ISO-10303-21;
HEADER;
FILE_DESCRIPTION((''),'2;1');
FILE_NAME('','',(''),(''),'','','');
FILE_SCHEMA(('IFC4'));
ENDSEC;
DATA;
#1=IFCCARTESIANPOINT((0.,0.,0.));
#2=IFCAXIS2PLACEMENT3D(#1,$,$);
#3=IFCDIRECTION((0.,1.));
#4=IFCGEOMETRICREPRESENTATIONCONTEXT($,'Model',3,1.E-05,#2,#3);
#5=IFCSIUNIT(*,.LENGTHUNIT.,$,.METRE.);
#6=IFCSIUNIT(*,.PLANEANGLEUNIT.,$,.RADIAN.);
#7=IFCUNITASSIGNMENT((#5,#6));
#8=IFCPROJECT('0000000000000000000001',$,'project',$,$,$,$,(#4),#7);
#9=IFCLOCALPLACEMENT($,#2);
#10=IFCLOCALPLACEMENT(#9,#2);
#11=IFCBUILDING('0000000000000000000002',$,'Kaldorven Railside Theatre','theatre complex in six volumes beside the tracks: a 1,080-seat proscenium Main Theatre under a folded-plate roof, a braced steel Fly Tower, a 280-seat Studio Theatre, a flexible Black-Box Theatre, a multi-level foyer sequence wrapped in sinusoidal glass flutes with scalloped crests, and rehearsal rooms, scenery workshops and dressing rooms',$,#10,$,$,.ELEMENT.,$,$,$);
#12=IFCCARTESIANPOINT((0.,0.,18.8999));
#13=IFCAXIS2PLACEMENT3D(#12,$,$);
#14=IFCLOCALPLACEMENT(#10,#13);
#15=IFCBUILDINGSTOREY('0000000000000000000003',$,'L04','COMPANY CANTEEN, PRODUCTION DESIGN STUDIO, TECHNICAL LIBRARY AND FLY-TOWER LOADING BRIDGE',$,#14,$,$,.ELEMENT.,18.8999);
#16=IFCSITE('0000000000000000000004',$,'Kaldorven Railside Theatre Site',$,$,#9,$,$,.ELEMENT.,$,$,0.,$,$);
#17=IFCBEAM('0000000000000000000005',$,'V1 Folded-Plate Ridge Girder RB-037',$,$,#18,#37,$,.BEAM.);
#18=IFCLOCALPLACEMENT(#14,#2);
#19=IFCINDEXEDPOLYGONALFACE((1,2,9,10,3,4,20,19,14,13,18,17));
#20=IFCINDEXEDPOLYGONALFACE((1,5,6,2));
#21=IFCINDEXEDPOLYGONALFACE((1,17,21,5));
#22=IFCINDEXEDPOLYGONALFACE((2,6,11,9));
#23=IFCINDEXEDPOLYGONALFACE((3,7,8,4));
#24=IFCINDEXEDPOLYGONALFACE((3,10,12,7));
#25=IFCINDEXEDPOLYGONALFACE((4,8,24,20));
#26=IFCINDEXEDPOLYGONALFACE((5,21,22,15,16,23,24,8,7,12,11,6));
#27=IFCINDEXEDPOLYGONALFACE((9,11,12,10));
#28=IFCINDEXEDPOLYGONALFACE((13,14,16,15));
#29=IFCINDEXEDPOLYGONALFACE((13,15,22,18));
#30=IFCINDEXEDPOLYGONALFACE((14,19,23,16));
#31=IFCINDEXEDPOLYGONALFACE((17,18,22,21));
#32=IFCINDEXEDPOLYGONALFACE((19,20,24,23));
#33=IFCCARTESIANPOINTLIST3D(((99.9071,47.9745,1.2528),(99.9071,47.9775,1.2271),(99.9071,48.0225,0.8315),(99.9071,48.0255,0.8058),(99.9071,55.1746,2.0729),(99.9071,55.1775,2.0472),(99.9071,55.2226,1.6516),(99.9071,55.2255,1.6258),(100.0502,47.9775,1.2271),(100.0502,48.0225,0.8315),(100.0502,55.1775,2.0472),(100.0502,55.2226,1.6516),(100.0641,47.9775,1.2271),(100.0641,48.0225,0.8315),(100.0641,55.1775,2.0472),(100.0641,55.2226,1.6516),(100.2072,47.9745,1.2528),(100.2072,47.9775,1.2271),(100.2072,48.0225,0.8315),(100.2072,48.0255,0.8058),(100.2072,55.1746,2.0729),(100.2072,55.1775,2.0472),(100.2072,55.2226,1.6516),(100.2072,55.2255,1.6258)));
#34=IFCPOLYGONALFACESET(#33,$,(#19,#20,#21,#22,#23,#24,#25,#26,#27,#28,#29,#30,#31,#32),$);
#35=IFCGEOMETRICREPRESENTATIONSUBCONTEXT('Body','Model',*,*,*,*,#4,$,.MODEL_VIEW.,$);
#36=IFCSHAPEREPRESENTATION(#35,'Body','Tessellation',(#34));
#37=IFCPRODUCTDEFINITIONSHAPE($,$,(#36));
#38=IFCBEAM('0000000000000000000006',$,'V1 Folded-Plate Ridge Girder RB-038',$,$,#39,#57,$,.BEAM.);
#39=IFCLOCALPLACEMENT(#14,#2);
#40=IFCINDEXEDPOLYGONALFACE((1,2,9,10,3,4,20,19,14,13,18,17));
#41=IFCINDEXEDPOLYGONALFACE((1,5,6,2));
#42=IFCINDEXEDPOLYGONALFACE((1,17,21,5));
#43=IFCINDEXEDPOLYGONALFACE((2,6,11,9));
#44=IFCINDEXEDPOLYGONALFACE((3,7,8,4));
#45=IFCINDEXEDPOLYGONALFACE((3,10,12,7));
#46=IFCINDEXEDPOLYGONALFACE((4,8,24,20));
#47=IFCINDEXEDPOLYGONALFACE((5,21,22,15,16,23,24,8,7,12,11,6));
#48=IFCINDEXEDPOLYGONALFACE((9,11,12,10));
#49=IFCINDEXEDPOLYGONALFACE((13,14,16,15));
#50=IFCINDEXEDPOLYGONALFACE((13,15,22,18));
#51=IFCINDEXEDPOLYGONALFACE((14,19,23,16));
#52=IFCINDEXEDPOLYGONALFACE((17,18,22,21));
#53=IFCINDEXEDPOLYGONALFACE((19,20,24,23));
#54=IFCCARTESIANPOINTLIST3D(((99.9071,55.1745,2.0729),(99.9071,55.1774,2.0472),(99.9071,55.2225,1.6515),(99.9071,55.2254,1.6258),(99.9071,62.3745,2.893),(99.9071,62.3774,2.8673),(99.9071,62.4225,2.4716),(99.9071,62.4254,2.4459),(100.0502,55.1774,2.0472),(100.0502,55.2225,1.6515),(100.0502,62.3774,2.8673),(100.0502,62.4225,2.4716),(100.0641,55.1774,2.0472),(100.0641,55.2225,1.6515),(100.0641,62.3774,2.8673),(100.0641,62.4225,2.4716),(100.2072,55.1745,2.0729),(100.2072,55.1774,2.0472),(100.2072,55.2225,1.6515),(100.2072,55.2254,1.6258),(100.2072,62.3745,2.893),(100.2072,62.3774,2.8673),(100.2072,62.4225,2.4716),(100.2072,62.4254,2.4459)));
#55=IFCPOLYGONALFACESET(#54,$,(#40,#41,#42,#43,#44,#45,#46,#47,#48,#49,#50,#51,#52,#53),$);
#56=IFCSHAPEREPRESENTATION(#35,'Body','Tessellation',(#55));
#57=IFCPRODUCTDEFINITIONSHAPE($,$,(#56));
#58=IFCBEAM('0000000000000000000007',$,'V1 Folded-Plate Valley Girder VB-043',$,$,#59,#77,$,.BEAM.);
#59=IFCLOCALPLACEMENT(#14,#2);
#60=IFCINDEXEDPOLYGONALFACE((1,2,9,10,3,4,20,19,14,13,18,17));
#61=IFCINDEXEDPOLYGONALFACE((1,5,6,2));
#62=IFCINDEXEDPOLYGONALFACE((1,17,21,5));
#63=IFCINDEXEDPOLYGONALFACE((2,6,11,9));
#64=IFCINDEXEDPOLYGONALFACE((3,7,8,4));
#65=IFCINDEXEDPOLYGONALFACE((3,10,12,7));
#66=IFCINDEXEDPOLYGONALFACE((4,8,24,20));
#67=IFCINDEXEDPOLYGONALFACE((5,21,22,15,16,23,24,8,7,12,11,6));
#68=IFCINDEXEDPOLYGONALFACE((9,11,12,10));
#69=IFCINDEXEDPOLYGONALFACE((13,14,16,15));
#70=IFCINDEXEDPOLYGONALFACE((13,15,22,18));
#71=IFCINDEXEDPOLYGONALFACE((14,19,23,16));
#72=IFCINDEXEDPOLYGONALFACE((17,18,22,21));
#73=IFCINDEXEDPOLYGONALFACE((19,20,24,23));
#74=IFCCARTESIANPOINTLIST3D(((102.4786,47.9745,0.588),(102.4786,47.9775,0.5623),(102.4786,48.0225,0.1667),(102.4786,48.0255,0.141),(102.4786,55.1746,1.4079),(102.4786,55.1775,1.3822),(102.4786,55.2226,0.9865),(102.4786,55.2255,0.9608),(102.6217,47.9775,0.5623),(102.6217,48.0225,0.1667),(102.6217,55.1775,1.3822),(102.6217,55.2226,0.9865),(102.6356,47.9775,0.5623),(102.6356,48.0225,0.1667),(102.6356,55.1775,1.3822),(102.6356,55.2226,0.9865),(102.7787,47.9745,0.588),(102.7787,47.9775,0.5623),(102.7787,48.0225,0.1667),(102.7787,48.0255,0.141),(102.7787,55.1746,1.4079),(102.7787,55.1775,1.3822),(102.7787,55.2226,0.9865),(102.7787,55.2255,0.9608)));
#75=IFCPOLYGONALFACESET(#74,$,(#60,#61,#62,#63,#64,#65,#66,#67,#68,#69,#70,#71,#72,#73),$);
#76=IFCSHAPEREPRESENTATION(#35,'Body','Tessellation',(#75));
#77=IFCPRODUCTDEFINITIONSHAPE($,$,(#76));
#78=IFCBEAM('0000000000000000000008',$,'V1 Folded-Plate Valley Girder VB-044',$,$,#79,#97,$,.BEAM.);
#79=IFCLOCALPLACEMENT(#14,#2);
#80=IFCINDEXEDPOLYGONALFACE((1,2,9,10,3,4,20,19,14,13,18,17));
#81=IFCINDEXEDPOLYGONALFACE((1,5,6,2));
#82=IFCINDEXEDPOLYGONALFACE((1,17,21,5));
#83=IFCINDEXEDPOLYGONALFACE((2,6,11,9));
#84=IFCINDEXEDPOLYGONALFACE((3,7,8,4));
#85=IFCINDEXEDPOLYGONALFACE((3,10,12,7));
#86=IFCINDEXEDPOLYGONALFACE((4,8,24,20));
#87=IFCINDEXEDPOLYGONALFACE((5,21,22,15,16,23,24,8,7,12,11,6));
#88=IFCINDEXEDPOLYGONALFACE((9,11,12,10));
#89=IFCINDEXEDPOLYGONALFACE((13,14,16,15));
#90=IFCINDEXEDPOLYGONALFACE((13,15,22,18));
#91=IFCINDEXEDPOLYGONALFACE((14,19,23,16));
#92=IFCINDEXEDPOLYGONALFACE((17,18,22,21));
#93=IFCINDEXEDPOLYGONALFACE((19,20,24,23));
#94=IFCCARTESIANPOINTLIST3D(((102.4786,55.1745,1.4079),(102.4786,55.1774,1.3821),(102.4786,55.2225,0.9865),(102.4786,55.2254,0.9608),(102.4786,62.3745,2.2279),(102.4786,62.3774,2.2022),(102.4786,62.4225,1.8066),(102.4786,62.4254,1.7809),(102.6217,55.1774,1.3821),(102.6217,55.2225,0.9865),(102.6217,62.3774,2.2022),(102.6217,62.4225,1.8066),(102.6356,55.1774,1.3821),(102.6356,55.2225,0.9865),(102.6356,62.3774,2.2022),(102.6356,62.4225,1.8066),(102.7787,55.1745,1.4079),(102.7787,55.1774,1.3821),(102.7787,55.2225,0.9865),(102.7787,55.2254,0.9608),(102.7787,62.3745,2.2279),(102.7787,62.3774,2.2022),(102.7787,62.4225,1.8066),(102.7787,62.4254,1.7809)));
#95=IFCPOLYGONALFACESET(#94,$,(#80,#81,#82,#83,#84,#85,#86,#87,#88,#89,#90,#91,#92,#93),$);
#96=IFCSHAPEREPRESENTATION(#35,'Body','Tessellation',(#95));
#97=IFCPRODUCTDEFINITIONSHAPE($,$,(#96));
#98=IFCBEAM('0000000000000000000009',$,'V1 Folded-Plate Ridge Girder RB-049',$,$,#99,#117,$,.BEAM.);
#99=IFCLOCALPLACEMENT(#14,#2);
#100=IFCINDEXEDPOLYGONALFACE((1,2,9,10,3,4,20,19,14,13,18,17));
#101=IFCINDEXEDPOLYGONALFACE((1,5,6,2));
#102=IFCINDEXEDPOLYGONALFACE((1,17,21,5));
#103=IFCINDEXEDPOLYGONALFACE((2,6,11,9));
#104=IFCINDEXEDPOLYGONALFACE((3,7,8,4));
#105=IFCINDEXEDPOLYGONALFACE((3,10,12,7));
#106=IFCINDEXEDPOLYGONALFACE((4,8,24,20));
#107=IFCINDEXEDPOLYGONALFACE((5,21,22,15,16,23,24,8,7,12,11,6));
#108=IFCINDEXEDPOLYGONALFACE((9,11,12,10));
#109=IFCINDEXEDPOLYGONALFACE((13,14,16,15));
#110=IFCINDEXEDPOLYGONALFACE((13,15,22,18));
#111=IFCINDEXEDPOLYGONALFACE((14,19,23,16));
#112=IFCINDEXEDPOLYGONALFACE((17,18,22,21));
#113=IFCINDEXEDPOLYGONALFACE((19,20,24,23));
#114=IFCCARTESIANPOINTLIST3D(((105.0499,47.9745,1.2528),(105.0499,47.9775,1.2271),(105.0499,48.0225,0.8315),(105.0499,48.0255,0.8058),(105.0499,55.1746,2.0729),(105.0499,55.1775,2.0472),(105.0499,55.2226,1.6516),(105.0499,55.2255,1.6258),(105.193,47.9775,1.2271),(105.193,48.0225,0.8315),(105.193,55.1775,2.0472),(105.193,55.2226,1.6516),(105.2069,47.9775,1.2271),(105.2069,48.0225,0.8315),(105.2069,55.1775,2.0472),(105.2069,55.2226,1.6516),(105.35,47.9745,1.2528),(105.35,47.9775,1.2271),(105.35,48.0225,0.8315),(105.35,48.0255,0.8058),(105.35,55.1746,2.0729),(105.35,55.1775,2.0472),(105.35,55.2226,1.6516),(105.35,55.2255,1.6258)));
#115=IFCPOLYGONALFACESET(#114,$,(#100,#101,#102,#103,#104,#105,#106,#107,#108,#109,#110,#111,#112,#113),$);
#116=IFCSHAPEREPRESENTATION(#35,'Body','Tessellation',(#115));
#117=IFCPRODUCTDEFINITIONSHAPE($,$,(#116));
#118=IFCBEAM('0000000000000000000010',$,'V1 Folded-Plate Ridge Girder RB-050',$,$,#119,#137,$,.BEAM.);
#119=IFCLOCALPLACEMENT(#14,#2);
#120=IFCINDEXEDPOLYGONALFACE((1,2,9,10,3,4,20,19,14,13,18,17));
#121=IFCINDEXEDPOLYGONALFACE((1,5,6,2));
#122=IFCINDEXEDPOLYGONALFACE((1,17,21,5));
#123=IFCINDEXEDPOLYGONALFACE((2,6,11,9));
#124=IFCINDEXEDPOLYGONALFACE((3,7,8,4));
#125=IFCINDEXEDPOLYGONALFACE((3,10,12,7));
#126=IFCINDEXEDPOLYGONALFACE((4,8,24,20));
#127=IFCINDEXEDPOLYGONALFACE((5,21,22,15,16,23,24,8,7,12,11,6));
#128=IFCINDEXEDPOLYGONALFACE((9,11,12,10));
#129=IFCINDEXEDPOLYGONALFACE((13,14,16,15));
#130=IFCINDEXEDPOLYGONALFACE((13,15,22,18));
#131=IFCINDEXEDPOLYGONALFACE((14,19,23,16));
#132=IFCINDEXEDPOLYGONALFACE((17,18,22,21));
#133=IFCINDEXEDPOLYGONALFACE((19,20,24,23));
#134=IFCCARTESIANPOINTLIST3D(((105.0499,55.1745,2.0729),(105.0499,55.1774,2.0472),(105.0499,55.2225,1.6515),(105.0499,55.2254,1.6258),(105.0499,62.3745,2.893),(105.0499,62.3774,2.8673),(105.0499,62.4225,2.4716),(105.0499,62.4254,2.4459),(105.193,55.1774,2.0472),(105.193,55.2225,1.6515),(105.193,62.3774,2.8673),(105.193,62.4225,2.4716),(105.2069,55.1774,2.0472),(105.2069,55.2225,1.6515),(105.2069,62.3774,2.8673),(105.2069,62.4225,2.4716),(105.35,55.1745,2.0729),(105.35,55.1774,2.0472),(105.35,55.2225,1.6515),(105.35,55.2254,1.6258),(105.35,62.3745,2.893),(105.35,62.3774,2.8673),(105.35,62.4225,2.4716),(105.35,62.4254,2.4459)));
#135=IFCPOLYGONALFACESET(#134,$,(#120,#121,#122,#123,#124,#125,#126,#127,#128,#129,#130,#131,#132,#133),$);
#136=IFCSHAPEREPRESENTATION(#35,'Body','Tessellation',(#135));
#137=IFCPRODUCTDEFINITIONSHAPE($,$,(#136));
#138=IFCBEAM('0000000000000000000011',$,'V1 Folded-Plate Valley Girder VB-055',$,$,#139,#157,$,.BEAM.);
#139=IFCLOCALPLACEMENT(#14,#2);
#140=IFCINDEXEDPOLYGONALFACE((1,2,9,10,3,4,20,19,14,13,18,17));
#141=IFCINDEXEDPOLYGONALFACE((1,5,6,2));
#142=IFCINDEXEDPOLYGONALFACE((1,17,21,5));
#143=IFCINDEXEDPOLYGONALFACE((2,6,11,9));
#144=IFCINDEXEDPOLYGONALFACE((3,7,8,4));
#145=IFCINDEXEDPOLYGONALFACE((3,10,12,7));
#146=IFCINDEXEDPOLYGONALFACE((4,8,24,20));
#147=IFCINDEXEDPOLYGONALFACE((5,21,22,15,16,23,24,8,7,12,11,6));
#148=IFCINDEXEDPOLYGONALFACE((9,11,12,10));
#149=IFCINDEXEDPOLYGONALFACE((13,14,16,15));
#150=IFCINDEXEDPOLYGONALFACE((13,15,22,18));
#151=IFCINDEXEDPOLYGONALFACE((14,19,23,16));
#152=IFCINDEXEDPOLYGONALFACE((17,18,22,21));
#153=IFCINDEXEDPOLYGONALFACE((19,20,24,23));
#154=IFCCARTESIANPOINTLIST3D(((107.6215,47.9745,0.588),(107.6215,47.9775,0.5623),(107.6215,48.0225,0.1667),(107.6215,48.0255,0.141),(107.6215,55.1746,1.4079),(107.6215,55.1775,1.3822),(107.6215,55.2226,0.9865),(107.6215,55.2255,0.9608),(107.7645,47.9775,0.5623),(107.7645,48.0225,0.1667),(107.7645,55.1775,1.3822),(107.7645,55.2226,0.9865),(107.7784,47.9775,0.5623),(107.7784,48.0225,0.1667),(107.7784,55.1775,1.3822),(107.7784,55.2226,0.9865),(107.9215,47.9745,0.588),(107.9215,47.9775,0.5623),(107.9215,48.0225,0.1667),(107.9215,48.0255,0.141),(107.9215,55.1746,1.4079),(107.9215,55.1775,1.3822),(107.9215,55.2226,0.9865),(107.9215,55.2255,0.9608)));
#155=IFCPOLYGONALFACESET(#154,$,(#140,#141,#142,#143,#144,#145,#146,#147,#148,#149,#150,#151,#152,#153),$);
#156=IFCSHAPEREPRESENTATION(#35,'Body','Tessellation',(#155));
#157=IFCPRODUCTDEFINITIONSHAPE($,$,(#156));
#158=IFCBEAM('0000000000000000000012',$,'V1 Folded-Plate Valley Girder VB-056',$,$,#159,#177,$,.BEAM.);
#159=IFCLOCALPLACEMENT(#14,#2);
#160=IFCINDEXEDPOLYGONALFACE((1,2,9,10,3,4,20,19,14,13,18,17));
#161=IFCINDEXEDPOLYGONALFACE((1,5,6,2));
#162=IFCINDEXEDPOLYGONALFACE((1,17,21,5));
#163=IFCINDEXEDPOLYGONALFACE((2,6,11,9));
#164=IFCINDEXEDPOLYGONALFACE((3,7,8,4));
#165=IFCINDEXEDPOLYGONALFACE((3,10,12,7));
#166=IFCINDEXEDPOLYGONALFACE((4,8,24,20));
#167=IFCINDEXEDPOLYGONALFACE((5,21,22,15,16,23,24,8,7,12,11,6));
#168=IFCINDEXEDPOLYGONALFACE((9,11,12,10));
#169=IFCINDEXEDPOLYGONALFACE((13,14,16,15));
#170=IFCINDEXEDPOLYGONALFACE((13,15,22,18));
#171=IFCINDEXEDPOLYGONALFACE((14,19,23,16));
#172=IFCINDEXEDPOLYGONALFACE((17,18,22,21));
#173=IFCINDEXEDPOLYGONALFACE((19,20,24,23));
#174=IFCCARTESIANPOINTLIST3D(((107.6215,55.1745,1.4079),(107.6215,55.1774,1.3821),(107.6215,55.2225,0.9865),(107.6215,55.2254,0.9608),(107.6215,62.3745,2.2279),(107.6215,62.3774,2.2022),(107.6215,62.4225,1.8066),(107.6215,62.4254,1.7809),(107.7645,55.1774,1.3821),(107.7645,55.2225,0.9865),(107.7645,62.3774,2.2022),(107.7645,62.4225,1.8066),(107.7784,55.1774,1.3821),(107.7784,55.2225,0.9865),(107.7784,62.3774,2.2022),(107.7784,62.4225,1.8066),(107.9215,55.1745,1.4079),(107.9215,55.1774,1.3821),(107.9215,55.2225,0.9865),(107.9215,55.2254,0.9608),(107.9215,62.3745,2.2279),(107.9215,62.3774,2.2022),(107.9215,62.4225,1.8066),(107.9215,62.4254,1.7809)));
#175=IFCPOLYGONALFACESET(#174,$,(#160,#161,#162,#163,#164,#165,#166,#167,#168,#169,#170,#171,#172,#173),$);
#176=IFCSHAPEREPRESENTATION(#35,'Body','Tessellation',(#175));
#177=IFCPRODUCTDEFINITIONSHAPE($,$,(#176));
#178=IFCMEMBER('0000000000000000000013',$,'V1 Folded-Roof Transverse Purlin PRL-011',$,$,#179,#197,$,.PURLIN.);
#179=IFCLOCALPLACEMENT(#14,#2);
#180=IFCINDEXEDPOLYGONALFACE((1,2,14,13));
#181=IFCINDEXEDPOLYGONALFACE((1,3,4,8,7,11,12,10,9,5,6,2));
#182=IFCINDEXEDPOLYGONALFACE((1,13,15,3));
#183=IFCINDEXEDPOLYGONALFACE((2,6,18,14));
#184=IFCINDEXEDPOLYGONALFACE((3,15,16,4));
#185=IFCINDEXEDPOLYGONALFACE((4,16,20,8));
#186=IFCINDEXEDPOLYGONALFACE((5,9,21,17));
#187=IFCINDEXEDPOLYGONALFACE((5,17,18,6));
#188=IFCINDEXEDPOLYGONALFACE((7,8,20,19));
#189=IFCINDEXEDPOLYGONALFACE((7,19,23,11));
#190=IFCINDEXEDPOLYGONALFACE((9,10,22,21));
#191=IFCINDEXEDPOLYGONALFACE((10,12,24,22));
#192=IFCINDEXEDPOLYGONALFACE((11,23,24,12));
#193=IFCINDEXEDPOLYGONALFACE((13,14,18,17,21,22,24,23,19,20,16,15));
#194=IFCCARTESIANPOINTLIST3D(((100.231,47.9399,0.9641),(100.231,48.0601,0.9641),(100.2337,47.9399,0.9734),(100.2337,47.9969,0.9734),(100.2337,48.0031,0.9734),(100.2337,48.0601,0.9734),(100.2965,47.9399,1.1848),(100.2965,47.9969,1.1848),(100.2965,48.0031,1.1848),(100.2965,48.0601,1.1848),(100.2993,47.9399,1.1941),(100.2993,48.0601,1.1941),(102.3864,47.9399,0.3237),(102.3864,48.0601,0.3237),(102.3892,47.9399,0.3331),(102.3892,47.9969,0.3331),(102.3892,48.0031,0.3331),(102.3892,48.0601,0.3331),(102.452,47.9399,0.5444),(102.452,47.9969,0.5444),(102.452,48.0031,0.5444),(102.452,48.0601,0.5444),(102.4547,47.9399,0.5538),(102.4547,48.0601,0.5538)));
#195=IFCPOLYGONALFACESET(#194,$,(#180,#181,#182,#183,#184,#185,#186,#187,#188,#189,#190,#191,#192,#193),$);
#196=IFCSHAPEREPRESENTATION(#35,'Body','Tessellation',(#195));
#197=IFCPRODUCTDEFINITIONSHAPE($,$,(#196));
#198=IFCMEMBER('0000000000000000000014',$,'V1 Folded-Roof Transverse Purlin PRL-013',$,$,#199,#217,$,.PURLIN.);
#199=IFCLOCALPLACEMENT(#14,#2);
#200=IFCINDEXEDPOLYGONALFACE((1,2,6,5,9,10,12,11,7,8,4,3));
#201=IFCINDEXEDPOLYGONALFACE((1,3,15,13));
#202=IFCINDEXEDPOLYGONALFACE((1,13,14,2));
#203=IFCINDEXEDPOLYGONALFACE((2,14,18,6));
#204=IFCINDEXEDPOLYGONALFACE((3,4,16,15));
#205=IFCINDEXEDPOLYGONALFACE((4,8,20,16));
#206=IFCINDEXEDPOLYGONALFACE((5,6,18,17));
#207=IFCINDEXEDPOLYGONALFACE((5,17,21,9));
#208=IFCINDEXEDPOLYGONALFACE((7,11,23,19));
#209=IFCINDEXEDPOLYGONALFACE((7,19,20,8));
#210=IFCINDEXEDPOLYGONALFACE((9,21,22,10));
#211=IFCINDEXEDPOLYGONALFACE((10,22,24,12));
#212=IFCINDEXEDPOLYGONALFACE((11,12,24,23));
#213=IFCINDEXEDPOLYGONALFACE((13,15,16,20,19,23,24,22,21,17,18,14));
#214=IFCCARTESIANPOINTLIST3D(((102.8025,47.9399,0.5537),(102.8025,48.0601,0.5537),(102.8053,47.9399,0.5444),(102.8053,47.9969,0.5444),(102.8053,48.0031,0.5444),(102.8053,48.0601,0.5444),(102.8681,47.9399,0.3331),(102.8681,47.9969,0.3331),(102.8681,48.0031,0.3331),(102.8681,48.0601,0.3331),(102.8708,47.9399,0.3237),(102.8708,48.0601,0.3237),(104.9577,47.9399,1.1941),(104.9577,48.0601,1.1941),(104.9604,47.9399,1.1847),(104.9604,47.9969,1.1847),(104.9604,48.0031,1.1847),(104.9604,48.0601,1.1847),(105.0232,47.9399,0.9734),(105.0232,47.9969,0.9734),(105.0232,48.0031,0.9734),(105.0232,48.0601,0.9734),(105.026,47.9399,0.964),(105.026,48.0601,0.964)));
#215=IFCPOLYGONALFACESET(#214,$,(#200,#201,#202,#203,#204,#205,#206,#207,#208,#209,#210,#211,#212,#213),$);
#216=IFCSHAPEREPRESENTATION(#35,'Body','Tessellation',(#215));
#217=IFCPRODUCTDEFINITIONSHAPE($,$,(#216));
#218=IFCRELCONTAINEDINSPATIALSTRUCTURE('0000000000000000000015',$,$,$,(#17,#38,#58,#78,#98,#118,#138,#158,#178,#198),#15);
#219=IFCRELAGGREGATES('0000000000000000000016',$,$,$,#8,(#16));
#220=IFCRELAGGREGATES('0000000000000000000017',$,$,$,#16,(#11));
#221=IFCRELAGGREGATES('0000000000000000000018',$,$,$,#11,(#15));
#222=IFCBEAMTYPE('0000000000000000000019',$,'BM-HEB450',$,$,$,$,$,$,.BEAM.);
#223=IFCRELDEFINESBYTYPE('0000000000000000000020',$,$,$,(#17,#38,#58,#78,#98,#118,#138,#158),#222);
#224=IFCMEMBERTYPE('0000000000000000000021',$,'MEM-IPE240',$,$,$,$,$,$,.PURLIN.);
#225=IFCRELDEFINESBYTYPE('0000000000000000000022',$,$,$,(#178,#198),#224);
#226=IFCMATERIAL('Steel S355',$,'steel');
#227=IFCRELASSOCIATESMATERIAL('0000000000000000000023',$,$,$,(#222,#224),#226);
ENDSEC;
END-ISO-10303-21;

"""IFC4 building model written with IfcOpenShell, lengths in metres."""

from ifc_helpers import new_model, si_unit, direction, frame, origin, origin_2d, place, context, subcontext, project, spatial, i_section, extrude, material, material_profile, profile_set, type_object, element, save


model = new_model("IFC4")

# Units and contexts
model_context = context("Model", 3, precision=1e-05, world=origin(), true_north=direction((0.0, 1.0)))
body_context = subcontext(model_context, "Body", "Model", "MODEL_VIEW")
ifc_project = project(units=[si_unit("LENGTHUNIT", "METRE"), si_unit("PLANEANGLEUNIT", "RADIAN")], contexts=[model_context])

# Site, building, storey
site_placement = place(None, origin())
site = spatial("IfcSite", under=ifc_project, at=site_placement, Name="Kaldorven Railside Theatre Site", CompositionType="ELEMENT", RefElevation=0.0)
building_placement = place(site_placement, origin())
building = spatial("IfcBuilding", under=site, at=building_placement, Name="Kaldorven Railside Theatre", Description="theatre complex in six volumes beside the tracks: a 1,080-seat proscenium Main Theatre under a folded-plate roof, a braced steel Fly Tower, a 280-seat Studio Theatre, a flexible Black-Box Theatre, a multi-level foyer sequence wrapped in sinusoidal glass flutes with scalloped crests, and rehearsal rooms, scenery workshops and dressing rooms", CompositionType="ELEMENT")
storey_placement = place(building_placement, frame((0.0, 0.0, 18.8999)))
storey = spatial("IfcBuildingStorey", under=building, at=storey_placement, Name="L04", Description="COMPANY CANTEEN, PRODUCTION DESIGN STUDIO, TECHNICAL LIBRARY AND FLY-TOWER LOADING BRIDGE", CompositionType="ELEMENT", Elevation=18.8999)

# Beams
ifc_material = material(Name="Steel S355", Category="steel")
ifc_material_profile_1 = material_profile(ifc_material, i_section(OverallWidth=0.3, OverallDepth=0.45, WebThickness=0.0139, FlangeThickness=0.0259, at=origin_2d()), Name="HEB 450")
ifc_profile_set_1 = profile_set([ifc_material_profile_1], Name="Steel S355")
beam_type = type_object("IfcBeamType", Name="BM-HEB450", PredefinedType="BEAM", material=ifc_profile_set_1)
for number, where, z_axis, x_axis, name in (
    (1, (100.0571, 48.0, 1.0293), (0.0, 0.993576, 0.113167), (-1.0, 0.0, 0.0), "V1 Folded-Plate Ridge Girder RB-037"),
    (2, (100.0571, 55.2, 1.8494), (0.0, 0.993576, 0.113167), (-1.0, 0.0, 0.0), "V1 Folded-Plate Ridge Girder RB-038"),
    (3, (102.6287, 48.0, 0.3645), (0.0, 0.99358, 0.113134), (-1.0, 0.0, 0.0), "V1 Folded-Plate Valley Girder VB-043"),
    (4, (102.6287, 55.2, 1.1843), (0.0, 0.993576, 0.113167), (-1.0, 0.0, 0.0), "V1 Folded-Plate Valley Girder VB-044"),
    (5, (105.2, 48.0, 1.0293), (0.0, 0.993576, 0.113167), (-1.0, 0.0, 0.0), "V1 Folded-Plate Ridge Girder RB-049"),
    (6, (105.2, 55.2, 1.8494), (0.0, 0.993576, 0.113167), (-1.0, 0.0, 0.0), "V1 Folded-Plate Ridge Girder RB-050"),
    (7, (107.7715, 48.0, 0.3645), (0.0, 0.99358, 0.113134), (-1.0, 0.0, 0.0), "V1 Folded-Plate Valley Girder VB-055"),
    (8, (107.7715, 55.2, 1.1843), (0.0, 0.993576, 0.113167), (-1.0, 0.0, 0.0), "V1 Folded-Plate Valley Girder VB-056"),
):
    element("IfcBeam", number, at=place(storey_placement, frame(where, z_axis=z_axis, x_axis=x_axis)), inside=storey, type_object=beam_type, Name=name, PredefinedType="BEAM", context=body_context, shape_type="SweptSolid", body=[
        extrude(i_section(OverallWidth=0.3, OverallDepth=0.45, WebThickness=0.0139, FlangeThickness=0.0259, at=origin_2d()), origin(), (0.0, 0.0, 1.0), 7.2466),
    ])

# Members
ifc_material_profile_2 = material_profile(ifc_material, i_section(OverallWidth=0.1201, OverallDepth=0.24, WebThickness=0.0061, FlangeThickness=0.0098, at=origin_2d()), Name="IPE 240")
ifc_profile_set_2 = profile_set([ifc_material_profile_2], Name="Steel S355")
member_type_1 = type_object("IfcMemberType", Name="MEM-IPE240", PredefinedType="PURLIN", material=ifc_profile_set_2)
member_1_placement = place(storey_placement, frame((100.2651, 48.0, 1.0791), z_axis=(0.958591, 0.0, -0.284787), x_axis=(0.0, 1.0, 0.0)))
element("IfcMember", 9, at=member_1_placement, inside=storey, type_object=member_type_1, Name="V1 Folded-Roof Transverse Purlin PRL-011", PredefinedType="PURLIN", context=body_context, shape_type="SweptSolid", body=[
    extrude(i_section(OverallWidth=0.1201, OverallDepth=0.24, WebThickness=0.0061, FlangeThickness=0.0098, at=origin_2d()), origin(), (0.0, 0.0, 1.0), 2.2485),
])
member_2_placement = place(storey_placement, frame((102.8367, 48.0, 0.4387), z_axis=(0.958582, 0.0, 0.284817), x_axis=(0.0, 1.0, 0.0)))
element("IfcMember", 10, at=member_2_placement, inside=storey, type_object=member_type_1, Name="V1 Folded-Roof Transverse Purlin PRL-013", PredefinedType="PURLIN", context=body_context, shape_type="SweptSolid", body=[
    extrude(i_section(OverallWidth=0.1201, OverallDepth=0.24, WebThickness=0.0061, FlangeThickness=0.0098, at=origin_2d()), origin(), (0.0, 0.0, 1.0), 2.2483),
])

save(model, "model.ifc")
